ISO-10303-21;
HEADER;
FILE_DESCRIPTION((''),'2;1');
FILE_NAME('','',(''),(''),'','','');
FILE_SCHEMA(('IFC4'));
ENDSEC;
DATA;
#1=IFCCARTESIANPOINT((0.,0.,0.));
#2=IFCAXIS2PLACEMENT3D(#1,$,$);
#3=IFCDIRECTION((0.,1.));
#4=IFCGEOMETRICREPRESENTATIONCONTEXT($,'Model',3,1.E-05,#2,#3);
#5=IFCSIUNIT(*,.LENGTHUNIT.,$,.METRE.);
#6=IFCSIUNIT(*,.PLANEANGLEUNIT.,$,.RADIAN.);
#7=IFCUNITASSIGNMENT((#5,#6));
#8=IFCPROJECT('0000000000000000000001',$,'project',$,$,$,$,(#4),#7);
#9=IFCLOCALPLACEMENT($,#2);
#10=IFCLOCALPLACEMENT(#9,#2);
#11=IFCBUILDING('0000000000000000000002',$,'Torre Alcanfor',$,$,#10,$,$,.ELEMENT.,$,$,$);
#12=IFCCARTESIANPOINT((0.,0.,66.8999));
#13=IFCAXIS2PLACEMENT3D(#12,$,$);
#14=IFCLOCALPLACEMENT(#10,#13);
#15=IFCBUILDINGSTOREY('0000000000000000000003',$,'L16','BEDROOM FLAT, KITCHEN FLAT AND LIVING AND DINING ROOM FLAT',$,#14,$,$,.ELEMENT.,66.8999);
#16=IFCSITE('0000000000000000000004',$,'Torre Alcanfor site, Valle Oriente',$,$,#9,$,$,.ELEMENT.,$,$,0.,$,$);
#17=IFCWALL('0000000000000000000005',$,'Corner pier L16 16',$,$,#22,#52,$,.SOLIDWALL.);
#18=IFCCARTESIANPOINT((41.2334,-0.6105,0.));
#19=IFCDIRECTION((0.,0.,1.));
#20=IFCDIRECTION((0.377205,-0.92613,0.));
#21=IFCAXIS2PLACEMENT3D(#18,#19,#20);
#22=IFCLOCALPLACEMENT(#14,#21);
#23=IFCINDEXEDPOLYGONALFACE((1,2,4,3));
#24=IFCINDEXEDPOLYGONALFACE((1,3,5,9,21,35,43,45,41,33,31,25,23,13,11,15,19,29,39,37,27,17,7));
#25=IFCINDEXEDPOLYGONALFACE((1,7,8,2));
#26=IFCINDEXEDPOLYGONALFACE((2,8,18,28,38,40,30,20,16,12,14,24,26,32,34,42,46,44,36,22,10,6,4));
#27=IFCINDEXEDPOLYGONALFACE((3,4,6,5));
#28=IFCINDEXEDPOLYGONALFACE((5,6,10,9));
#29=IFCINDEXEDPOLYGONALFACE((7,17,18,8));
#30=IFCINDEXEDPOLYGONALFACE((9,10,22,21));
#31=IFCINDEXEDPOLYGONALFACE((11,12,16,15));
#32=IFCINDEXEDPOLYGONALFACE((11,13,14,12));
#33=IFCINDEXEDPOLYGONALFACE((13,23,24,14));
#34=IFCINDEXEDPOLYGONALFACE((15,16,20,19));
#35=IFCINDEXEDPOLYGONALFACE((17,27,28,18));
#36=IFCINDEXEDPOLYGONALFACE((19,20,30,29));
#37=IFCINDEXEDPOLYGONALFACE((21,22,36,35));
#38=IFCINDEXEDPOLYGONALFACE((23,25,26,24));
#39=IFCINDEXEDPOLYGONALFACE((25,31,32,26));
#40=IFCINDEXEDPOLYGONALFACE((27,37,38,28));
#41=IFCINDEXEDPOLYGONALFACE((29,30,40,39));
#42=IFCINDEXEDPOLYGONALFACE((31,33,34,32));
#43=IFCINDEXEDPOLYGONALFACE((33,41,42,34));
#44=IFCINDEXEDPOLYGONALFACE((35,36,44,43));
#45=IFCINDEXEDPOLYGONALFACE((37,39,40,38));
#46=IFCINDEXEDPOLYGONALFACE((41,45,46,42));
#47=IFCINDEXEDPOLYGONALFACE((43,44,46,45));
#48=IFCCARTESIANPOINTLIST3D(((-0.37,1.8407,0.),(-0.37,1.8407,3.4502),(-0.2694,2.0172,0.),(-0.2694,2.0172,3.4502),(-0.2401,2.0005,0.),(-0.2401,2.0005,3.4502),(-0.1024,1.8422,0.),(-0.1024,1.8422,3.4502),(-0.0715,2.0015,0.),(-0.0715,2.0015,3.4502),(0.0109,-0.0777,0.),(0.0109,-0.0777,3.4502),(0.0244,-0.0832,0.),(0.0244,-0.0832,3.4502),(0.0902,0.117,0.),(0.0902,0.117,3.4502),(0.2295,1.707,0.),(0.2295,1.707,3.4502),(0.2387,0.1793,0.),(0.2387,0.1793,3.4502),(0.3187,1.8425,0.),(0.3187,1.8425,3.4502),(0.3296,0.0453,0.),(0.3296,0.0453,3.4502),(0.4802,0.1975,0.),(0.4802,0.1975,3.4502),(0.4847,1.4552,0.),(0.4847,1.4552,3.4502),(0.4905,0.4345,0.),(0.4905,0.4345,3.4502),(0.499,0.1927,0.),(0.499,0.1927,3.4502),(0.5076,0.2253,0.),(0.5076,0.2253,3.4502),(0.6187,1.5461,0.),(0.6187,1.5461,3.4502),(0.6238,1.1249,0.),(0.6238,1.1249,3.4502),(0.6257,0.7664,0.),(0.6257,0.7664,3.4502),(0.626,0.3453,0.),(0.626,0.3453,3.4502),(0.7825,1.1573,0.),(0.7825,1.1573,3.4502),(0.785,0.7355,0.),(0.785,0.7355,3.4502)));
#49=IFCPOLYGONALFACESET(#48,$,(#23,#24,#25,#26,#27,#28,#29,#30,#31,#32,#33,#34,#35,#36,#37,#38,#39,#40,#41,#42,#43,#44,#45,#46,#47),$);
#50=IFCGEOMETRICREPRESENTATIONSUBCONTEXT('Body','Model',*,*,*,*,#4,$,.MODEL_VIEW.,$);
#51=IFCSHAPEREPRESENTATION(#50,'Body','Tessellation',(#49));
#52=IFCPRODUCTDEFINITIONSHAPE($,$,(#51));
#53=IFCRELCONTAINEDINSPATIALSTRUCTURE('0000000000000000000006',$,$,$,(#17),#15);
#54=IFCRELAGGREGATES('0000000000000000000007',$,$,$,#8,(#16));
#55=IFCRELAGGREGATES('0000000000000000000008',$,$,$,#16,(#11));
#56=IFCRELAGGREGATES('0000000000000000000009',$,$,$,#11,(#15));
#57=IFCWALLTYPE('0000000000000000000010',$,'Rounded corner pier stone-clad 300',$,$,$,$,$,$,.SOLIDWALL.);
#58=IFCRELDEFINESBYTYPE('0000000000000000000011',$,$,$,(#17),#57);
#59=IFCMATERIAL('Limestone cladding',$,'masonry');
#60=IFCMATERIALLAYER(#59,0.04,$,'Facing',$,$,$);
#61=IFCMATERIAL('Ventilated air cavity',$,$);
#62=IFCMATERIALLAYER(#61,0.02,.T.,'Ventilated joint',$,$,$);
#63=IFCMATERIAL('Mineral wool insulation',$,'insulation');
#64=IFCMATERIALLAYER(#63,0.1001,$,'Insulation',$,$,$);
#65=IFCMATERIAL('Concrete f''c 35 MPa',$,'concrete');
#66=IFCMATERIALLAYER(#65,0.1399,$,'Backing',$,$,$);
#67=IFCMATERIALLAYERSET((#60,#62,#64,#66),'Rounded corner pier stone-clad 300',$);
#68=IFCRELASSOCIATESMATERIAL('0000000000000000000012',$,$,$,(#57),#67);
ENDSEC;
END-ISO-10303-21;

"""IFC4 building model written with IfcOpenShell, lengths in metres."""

from ifc_helpers import new_model, si_unit, direction, frame, origin, place, context, subcontext, project, spatial, polyline, outline, extrude, material, layer, layer_set, type_object, element, save


model = new_model("IFC4")

# Units and contexts
model_context = context("Model", 3, precision=1e-05, world=origin(), true_north=direction((0.0, 1.0)))
body_context = subcontext(model_context, "Body", "Model", "MODEL_VIEW")
ifc_project = project(units=[si_unit("LENGTHUNIT", "METRE"), si_unit("PLANEANGLEUNIT", "RADIAN")], contexts=[model_context])

# Site, building, storey
site_placement = place(None, origin())
site = spatial("IfcSite", under=ifc_project, at=site_placement, Name="Torre Alcanfor site, Valle Oriente", CompositionType="ELEMENT", RefElevation=0.0)
building_placement = place(site_placement, origin())
building = spatial("IfcBuilding", under=site, at=building_placement, Name="Torre Alcanfor", CompositionType="ELEMENT")
storey_placement = place(building_placement, frame((0.0, 0.0, 66.8999)))
storey = spatial("IfcBuildingStorey", under=building, at=storey_placement, Name="L16", Description="BEDROOM FLAT, KITCHEN FLAT AND LIVING AND DINING ROOM FLAT", CompositionType="ELEMENT", Elevation=66.8999)

# Wall
ifc_material_1 = material(Name="Limestone cladding", Category="masonry")
ifc_layer_1 = layer(ifc_material_1, 0.04, Name="Facing")
ifc_material_2 = material(Name="Ventilated air cavity")
ifc_layer_2 = layer(ifc_material_2, 0.02, ventilated=True, Name="Ventilated joint")
ifc_material_3 = material(Name="Mineral wool insulation", Category="insulation")
ifc_layer_3 = layer(ifc_material_3, 0.1001, Name="Insulation")
ifc_material_4 = material(Name="Concrete f'c 35 MPa", Category="concrete")
ifc_layer_4 = layer(ifc_material_4, 0.1399, Name="Backing")
ifc_layer_set_1 = layer_set([ifc_layer_1, ifc_layer_2, ifc_layer_3, ifc_layer_4], Name="Rounded corner pier stone-clad 300")
wall_type_1 = type_object("IfcWallType", Name="Rounded corner pier stone-clad 300", PredefinedType="SOLIDWALL", material=ifc_layer_set_1)
wall_1_placement = place(storey_placement, frame((41.2334, -0.6105, 0.0), z_axis=(0.0, 0.0, 1.0), x_axis=(0.377205, -0.92613, 0.0)))
element("IfcWall", 1, at=wall_1_placement, inside=storey, type_object=wall_type_1, Name="Corner pier L16 16", PredefinedType="SOLIDWALL", context=body_context, shape_type="SweptSolid", body=[
    extrude(outline(polyline([(0.3187, 1.8425), (-0.0715, 2.0015), (-0.2401, 2.0005), (-0.2694, 2.0172), (-0.37, 1.8407), (-0.1024, 1.8422), (0.2295, 1.707), (0.4847, 1.4552), (0.6238, 1.1249), (0.6257, 0.7664), (0.4905, 0.4345), (0.2387, 0.1793), (0.0902, 0.117), (0.0109, -0.0777), (0.0244, -0.0832), (0.3296, 0.0453), (0.4802, 0.1975), (0.499, 0.1927), (0.5076, 0.2253), (0.626, 0.3453), (0.785, 0.7355), (0.7825, 1.1573), (0.6187, 1.5461), (0.3187, 1.8425)])), origin(), (0.0, 0.0, 1.0), 3.4502),
])

save(model, "model.ifc")
